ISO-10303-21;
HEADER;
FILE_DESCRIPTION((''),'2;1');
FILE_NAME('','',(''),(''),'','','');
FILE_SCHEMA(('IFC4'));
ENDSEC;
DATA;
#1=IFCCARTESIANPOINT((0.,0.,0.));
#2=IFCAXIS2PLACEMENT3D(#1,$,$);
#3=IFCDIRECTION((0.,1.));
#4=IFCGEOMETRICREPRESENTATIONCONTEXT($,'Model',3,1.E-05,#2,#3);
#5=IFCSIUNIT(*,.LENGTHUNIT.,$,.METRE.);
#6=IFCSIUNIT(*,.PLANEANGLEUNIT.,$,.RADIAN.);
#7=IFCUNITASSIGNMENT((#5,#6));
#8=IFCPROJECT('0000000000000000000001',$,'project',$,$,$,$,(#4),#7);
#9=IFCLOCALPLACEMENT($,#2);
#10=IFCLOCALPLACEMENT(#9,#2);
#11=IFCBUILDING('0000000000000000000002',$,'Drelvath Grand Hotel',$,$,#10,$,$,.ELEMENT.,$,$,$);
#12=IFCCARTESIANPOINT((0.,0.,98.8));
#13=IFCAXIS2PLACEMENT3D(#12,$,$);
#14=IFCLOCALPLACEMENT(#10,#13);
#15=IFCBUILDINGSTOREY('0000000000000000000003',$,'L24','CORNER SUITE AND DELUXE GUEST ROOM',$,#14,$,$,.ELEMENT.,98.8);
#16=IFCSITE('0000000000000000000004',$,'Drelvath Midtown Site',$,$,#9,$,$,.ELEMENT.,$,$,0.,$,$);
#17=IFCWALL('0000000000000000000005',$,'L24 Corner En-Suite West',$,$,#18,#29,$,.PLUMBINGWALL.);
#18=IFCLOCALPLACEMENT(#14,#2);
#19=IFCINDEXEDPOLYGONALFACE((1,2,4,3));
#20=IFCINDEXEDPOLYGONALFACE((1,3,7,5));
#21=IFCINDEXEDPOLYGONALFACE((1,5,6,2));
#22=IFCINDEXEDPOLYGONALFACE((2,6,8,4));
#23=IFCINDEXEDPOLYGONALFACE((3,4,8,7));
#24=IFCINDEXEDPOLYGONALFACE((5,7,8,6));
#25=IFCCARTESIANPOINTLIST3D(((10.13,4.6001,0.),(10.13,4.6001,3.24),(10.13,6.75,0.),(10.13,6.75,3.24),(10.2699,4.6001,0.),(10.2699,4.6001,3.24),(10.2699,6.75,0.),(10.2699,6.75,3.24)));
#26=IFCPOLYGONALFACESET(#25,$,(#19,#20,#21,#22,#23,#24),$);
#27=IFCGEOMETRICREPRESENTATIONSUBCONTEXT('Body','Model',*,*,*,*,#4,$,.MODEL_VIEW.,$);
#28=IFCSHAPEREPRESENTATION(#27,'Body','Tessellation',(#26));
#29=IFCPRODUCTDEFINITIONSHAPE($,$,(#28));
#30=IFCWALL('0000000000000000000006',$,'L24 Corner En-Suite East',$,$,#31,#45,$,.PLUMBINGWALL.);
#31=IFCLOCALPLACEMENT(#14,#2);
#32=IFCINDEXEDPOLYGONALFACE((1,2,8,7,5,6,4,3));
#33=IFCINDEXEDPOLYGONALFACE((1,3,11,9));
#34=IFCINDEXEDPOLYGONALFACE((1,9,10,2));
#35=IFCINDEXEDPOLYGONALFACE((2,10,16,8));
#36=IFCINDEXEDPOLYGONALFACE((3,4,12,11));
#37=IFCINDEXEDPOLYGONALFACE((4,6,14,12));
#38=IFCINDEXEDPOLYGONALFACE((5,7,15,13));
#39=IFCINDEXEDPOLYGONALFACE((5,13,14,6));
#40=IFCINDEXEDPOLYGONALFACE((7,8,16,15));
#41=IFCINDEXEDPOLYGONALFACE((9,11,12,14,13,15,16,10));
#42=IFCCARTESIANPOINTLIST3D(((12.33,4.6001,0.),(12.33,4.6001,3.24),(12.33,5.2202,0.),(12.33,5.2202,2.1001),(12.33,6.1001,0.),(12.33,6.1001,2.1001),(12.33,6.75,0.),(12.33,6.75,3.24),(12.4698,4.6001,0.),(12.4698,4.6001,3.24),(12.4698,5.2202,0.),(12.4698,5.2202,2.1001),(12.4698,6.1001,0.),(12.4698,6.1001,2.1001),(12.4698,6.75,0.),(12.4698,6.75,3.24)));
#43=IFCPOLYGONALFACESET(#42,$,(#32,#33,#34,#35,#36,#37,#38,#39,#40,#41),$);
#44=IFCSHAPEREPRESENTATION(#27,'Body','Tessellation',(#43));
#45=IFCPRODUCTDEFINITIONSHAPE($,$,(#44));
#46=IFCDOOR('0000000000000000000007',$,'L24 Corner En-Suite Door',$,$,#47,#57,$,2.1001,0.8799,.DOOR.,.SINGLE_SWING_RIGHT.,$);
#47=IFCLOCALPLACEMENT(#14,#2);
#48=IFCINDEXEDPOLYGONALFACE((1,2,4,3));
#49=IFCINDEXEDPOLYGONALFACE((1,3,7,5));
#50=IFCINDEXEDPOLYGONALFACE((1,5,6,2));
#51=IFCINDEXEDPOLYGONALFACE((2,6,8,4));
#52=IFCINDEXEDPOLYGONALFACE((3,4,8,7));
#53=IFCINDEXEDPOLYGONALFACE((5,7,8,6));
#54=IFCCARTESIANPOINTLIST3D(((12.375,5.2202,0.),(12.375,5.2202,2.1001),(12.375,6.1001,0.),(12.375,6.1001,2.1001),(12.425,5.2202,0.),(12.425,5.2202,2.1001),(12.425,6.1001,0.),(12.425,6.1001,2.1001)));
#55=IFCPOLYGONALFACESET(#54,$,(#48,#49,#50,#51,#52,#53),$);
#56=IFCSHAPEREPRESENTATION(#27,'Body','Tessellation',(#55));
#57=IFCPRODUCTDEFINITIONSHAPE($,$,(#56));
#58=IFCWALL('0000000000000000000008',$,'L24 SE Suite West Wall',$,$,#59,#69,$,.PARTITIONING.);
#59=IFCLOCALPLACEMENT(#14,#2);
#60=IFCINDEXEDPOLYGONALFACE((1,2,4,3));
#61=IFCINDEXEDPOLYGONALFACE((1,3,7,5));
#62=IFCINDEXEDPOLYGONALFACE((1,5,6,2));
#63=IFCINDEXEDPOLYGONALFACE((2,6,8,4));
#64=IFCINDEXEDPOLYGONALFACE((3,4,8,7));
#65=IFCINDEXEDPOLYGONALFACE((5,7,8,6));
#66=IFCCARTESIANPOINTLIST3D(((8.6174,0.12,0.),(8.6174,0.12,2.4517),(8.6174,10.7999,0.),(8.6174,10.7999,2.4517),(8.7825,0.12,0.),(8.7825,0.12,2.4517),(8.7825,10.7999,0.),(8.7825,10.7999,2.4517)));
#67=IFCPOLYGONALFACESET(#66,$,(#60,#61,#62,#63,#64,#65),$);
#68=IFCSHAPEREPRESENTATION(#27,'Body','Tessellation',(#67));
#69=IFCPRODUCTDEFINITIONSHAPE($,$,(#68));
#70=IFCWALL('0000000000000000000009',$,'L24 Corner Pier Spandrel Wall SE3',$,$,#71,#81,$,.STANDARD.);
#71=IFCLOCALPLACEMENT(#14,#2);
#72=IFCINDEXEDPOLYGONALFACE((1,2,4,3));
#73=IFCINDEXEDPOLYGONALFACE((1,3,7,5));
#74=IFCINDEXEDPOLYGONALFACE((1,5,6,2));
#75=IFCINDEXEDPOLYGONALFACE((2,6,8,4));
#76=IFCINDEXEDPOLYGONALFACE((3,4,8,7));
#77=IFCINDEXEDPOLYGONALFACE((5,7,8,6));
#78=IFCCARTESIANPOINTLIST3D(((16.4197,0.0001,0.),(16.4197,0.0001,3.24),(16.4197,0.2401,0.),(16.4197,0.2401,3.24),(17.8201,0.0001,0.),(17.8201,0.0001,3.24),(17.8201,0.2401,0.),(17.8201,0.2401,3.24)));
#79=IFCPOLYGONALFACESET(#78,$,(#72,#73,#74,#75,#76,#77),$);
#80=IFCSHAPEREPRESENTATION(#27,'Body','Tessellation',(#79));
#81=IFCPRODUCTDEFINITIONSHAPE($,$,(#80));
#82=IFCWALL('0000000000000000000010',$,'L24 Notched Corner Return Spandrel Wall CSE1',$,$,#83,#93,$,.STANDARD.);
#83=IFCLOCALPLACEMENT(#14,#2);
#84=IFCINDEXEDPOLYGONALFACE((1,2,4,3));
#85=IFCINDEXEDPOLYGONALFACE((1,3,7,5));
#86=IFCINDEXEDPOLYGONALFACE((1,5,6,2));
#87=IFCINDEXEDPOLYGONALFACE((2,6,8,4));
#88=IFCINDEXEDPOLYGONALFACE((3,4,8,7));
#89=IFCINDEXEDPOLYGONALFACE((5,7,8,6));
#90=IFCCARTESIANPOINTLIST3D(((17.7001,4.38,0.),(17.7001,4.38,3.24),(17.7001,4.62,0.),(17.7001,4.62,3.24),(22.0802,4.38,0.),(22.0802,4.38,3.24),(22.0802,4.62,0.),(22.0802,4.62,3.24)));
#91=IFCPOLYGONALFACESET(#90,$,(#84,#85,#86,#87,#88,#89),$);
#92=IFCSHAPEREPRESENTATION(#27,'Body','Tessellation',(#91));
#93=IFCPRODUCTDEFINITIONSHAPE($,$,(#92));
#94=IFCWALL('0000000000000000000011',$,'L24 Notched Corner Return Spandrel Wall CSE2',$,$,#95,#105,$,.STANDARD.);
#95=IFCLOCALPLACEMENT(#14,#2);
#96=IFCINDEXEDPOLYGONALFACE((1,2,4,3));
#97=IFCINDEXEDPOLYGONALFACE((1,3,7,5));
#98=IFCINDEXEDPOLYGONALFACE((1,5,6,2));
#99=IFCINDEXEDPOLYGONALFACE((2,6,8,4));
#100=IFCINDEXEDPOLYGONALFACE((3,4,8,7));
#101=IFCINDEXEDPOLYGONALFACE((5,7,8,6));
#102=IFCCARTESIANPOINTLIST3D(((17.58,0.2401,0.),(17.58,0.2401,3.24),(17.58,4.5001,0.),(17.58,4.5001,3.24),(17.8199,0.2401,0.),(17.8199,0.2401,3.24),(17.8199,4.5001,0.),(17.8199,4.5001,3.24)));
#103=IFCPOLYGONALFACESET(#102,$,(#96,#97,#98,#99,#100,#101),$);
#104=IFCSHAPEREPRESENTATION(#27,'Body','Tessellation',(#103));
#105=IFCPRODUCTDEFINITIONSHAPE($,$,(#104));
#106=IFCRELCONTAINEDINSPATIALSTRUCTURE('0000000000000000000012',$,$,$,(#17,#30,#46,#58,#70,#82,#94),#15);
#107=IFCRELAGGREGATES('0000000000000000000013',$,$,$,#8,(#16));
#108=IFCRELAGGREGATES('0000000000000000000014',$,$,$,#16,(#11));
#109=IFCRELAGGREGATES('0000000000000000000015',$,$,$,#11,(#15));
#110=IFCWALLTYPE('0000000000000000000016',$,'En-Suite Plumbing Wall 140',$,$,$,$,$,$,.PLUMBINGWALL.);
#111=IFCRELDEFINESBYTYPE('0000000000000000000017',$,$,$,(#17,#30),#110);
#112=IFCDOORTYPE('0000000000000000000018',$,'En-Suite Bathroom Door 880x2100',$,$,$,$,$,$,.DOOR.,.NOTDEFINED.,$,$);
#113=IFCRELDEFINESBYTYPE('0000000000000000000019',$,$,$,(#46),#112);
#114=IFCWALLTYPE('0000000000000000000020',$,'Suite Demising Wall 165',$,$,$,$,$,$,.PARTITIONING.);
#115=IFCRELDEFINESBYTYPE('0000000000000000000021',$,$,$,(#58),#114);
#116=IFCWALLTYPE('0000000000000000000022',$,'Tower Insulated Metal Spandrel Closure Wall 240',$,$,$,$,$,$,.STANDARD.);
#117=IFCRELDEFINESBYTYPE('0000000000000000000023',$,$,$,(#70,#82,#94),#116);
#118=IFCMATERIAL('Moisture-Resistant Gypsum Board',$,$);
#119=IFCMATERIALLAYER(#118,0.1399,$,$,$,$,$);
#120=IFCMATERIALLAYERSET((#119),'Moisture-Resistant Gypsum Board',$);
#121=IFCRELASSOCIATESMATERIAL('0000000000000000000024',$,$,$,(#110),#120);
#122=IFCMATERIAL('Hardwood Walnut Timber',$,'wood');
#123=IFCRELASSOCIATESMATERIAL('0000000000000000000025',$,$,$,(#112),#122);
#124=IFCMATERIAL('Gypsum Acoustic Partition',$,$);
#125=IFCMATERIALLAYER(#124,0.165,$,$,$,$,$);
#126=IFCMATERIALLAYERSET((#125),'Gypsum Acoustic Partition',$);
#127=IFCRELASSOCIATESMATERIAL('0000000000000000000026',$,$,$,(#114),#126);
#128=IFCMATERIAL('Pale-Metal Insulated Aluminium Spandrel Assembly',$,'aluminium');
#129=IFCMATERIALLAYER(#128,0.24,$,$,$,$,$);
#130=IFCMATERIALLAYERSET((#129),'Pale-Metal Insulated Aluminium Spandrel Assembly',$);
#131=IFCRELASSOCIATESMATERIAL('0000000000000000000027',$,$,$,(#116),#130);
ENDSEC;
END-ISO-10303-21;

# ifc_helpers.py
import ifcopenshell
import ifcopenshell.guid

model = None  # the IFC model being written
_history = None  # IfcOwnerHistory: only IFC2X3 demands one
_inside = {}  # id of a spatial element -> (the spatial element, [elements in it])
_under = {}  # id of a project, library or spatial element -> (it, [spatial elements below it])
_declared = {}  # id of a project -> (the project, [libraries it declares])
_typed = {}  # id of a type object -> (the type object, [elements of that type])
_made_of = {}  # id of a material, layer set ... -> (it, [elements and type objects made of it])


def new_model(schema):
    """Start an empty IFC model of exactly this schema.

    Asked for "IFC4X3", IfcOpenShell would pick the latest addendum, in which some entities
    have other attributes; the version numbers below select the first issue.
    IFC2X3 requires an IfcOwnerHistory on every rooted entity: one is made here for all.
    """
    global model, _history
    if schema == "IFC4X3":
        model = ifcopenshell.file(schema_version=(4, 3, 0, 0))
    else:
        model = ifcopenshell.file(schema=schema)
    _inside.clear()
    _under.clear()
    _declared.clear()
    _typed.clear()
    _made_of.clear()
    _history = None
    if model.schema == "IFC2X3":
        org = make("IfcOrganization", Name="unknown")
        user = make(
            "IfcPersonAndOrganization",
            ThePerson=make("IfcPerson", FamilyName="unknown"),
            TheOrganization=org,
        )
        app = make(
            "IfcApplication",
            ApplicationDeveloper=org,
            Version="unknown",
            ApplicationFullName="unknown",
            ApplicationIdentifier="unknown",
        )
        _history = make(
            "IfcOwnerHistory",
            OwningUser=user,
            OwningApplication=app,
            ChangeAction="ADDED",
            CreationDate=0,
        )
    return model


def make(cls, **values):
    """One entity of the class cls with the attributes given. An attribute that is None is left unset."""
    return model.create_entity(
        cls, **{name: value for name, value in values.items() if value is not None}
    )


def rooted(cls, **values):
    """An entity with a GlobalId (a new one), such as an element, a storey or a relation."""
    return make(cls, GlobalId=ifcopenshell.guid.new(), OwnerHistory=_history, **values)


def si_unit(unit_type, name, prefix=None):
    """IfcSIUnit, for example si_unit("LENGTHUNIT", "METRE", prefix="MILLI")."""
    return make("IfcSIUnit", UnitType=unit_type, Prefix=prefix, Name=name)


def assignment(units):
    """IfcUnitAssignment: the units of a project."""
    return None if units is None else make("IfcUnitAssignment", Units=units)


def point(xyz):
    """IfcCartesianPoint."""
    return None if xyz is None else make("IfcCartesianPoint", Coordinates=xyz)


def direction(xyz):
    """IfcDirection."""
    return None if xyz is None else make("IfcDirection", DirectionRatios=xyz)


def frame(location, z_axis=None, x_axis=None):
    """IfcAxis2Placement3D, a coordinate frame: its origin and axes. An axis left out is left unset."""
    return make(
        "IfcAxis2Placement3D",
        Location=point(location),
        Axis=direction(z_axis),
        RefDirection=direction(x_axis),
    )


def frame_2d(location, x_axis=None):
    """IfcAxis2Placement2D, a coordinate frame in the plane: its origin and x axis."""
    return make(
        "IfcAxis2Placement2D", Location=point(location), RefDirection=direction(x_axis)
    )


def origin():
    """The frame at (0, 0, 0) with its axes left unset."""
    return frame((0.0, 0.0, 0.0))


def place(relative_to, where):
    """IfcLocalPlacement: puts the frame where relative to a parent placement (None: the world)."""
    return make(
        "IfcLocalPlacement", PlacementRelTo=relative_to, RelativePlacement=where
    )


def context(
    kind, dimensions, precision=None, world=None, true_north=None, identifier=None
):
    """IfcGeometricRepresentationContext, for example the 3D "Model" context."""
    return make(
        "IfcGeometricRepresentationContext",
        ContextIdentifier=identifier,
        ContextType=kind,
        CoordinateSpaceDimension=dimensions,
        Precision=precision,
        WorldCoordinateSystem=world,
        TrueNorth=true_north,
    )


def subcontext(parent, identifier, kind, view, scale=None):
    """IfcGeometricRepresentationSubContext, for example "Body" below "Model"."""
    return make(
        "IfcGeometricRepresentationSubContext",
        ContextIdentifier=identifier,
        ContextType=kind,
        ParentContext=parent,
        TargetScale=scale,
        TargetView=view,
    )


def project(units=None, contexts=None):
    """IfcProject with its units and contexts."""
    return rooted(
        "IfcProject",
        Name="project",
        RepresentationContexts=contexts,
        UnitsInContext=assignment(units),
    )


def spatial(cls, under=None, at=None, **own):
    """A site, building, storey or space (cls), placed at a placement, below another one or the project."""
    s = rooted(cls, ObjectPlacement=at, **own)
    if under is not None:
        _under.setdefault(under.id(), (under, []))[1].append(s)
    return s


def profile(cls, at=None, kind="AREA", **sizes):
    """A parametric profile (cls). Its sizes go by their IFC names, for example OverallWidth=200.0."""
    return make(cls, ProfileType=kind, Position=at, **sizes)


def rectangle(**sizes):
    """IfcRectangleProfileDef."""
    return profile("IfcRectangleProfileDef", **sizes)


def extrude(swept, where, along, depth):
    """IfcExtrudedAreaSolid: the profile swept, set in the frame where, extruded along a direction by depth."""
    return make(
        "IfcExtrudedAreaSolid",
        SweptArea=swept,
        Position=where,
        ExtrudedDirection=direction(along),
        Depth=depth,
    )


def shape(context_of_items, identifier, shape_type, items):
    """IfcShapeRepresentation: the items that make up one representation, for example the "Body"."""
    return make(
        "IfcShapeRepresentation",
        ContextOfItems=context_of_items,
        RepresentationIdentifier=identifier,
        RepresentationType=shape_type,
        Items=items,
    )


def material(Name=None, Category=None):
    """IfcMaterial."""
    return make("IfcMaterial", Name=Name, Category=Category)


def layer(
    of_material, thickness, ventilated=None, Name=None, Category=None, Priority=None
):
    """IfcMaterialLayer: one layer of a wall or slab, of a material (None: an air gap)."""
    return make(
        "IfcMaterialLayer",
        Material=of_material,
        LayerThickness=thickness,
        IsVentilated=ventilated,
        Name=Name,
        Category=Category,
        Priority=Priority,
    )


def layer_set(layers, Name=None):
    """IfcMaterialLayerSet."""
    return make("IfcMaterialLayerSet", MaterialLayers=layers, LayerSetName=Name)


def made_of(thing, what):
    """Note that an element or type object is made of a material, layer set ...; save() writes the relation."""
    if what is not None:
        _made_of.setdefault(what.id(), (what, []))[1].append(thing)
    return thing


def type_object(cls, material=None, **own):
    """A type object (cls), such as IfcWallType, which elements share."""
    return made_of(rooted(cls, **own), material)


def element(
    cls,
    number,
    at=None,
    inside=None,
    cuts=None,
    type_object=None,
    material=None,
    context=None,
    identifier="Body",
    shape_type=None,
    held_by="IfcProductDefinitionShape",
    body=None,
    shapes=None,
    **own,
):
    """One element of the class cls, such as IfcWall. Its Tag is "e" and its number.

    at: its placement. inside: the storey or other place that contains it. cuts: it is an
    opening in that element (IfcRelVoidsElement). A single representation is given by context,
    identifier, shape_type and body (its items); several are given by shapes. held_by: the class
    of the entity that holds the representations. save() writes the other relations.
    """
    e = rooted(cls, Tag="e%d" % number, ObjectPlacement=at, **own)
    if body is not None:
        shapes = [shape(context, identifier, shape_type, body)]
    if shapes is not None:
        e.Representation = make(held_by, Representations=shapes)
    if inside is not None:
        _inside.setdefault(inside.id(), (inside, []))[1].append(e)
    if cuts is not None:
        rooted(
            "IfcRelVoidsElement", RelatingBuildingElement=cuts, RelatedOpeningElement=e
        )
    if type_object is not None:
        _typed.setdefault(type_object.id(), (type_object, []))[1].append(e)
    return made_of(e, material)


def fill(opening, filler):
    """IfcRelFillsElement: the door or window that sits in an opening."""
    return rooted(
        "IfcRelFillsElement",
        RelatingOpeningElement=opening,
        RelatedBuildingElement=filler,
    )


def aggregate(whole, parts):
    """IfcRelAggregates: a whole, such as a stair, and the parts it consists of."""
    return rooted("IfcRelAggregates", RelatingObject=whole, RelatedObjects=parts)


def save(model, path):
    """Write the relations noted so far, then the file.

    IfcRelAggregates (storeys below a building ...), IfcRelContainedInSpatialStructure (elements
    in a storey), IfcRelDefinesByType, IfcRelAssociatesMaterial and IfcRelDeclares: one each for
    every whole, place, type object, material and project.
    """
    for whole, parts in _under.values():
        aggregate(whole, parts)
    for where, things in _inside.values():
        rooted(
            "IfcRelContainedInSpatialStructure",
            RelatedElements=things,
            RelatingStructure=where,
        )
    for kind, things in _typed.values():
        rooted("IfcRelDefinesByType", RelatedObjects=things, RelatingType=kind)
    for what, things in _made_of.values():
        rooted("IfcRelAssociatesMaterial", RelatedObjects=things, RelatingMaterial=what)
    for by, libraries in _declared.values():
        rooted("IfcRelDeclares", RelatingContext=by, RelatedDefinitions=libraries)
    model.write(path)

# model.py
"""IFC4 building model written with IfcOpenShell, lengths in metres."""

from ifc_helpers import new_model, si_unit, direction, frame, frame_2d, origin, place, context, subcontext, project, spatial, rectangle, extrude, material, layer, layer_set, type_object, element, fill, save


model = new_model("IFC4")

# Units and contexts
model_context = context("Model", 3, precision=1e-05, world=origin(), true_north=direction((0.0, 1.0)))
body_context = subcontext(model_context, "Body", "Model", "MODEL_VIEW")
ifc_project = project(units=[si_unit("LENGTHUNIT", "METRE"), si_unit("PLANEANGLEUNIT", "RADIAN")], contexts=[model_context])

# Site, building, storey
site_placement = place(None, origin())
site = spatial("IfcSite", under=ifc_project, at=site_placement, Name="Drelvath Midtown Site", CompositionType="ELEMENT", RefElevation=0.0)
building_placement = place(site_placement, origin())
building = spatial("IfcBuilding", under=site, at=building_placement, Name="Drelvath Grand Hotel", CompositionType="ELEMENT")
storey_placement = place(building_placement, frame((0.0, 0.0, 98.8)))
storey = spatial("IfcBuildingStorey", under=building, at=storey_placement, Name="L24", Description="CORNER SUITE AND DELUXE GUEST ROOM", CompositionType="ELEMENT", Elevation=98.8)

# Shared definitions
ifc_material_1 = material(Name="Hardwood Walnut Timber", Category="wood")

# Wall
ifc_material_2 = material(Name="Moisture-Resistant Gypsum Board")
ifc_layer_1 = layer(ifc_material_2, 0.1399)
ifc_layer_set_1 = layer_set([ifc_layer_1], Name="Moisture-Resistant Gypsum Board")
wall_type_1 = type_object("IfcWallType", Name="En-Suite Plumbing Wall 140", PredefinedType="PLUMBINGWALL", material=ifc_layer_set_1)
wall_1_placement = place(storey_placement, frame((10.2, 4.6001, 0.0), z_axis=(0.0, 0.0, 1.0), x_axis=(0.0, 1.0, 0.0)))
element("IfcWall", 1, at=wall_1_placement, inside=storey, type_object=wall_type_1, Name="L24 Corner En-Suite West", PredefinedType="PLUMBINGWALL", context=body_context, shape_type="SweptSolid", body=[
    extrude(rectangle(XDim=2.1499, YDim=0.1399, at=frame_2d((1.075, 0.0))), origin(), (0.0, 0.0, 1.0), 3.24),
])

# Wall, opening, door
wall_2_placement = place(storey_placement, frame((12.3999, 4.6001, 0.0), z_axis=(0.0, 0.0, 1.0), x_axis=(0.0, 1.0, 0.0)))
wall_2 = element("IfcWall", 2, at=wall_2_placement, inside=storey, type_object=wall_type_1, Name="L24 Corner En-Suite East", PredefinedType="PLUMBINGWALL", context=body_context, shape_type="SweptSolid", body=[
    extrude(rectangle(XDim=2.1499, YDim=0.1399, at=frame_2d((1.075, 0.0))), origin(), (0.0, 0.0, 1.0), 3.24),
])
opening_1_placement = place(wall_2_placement, frame((0.6201, 0.0, 0.0)))
opening_1 = element("IfcOpeningElement", 3, at=opening_1_placement, cuts=wall_2, PredefinedType="OPENING", context=body_context, shape_type="SweptSolid", body=[
    extrude(rectangle(XDim=0.8799, YDim=2.1001, at=frame_2d((0.4399, 1.05))), frame((0.0, 0.0798, 0.0), z_axis=(0.0, -1.0, 0.0), x_axis=(1.0, 0.0, 0.0)), (0.0, 0.0, 1.0), 0.1599),
])
door_type_1 = type_object("IfcDoorType", Name="En-Suite Bathroom Door 880x2100", OperationType="NOTDEFINED", PredefinedType="DOOR", material=ifc_material_1)
door_1_placement = place(opening_1_placement, origin())
door_1 = element("IfcDoor", 4, at=door_1_placement, inside=storey, type_object=door_type_1, Name="L24 Corner En-Suite Door", OperationType="SINGLE_SWING_RIGHT", OverallHeight=2.1001, OverallWidth=0.8799, PredefinedType="DOOR", context=body_context, shape_type="SweptSolid", body=[
    extrude(rectangle(XDim=0.8799, YDim=2.1001, at=frame_2d((0.4399, 1.05))), frame((0.0, 0.0249, 0.0), z_axis=(0.0, -1.0, 0.0), x_axis=(1.0, 0.0, 0.0)), (0.0, 0.0, 1.0), 0.05),
])
fill(opening_1, door_1)

# Walls
ifc_material_3 = material(Name="Gypsum Acoustic Partition")
ifc_layer_2 = layer(ifc_material_3, 0.165)
ifc_layer_set_2 = layer_set([ifc_layer_2], Name="Gypsum Acoustic Partition")
wall_type_2 = type_object("IfcWallType", Name="Suite Demising Wall 165", PredefinedType="PARTITIONING", material=ifc_layer_set_2)
wall_3_placement = place(storey_placement, frame((8.7, 0.1201, 0.0), z_axis=(0.0, 0.0, 1.0), x_axis=(0.0, 1.0, 0.0)))
element("IfcWall", 5, at=wall_3_placement, inside=storey, type_object=wall_type_2, Name="L24 SE Suite West Wall", PredefinedType="PARTITIONING", context=body_context, shape_type="SweptSolid", body=[
    extrude(rectangle(XDim=10.6799, YDim=0.165, at=frame_2d((5.3398, 0.0))), origin(), (0.0, 0.0, 1.0), 2.4517),
])
ifc_material_4 = material(Name="Pale-Metal Insulated Aluminium Spandrel Assembly", Category="aluminium")
ifc_layer_3 = layer(ifc_material_4, 0.24)
ifc_layer_set_3 = layer_set([ifc_layer_3], Name="Pale-Metal Insulated Aluminium Spandrel Assembly")
wall_type_3 = type_object("IfcWallType", Name="Tower Insulated Metal Spandrel Closure Wall 240", PredefinedType="STANDARD", material=ifc_layer_set_3)
wall_4_placement = place(storey_placement, frame((17.8201, 0.1201, 0.0), z_axis=(0.0, 0.0, 1.0), x_axis=(-1.0, 0.0, 0.0)))
element("IfcWall", 6, at=wall_4_placement, inside=storey, type_object=wall_type_3, Name="L24 Corner Pier Spandrel Wall SE3", PredefinedType="STANDARD", context=body_context, shape_type="SweptSolid", body=[
    extrude(rectangle(XDim=1.4004, YDim=0.24, at=frame_2d((0.7002, 0.0))), origin(), (0.0, 0.0, 1.0), 3.24),
])
wall_5_placement = place(storey_placement, frame((22.0801, 4.5, 0.0), z_axis=(0.0, 0.0, 1.0), x_axis=(-1.0, 0.0, 0.0)))
element("IfcWall", 7, at=wall_5_placement, inside=storey, type_object=wall_type_3, Name="L24 Notched Corner Return Spandrel Wall CSE1", PredefinedType="STANDARD", context=body_context, shape_type="SweptSolid", body=[
    extrude(rectangle(XDim=4.3801, YDim=0.24, at=frame_2d((2.1899, 0.0))), origin(), (0.0, 0.0, 1.0), 3.24),
])
wall_6_placement = place(storey_placement, frame((17.7, 4.5, 0.0), z_axis=(0.0, 0.0, 1.0), x_axis=(0.0, -1.0, 0.0)))
element("IfcWall", 8, at=wall_6_placement, inside=storey, type_object=wall_type_3, Name="L24 Notched Corner Return Spandrel Wall CSE2", PredefinedType="STANDARD", context=body_context, shape_type="SweptSolid", body=[
    extrude(rectangle(XDim=4.26, YDim=0.24, at=frame_2d((2.1299, 0.0))), origin(), (0.0, 0.0, 1.0), 3.24),
])

save(model, "model.ifc")
